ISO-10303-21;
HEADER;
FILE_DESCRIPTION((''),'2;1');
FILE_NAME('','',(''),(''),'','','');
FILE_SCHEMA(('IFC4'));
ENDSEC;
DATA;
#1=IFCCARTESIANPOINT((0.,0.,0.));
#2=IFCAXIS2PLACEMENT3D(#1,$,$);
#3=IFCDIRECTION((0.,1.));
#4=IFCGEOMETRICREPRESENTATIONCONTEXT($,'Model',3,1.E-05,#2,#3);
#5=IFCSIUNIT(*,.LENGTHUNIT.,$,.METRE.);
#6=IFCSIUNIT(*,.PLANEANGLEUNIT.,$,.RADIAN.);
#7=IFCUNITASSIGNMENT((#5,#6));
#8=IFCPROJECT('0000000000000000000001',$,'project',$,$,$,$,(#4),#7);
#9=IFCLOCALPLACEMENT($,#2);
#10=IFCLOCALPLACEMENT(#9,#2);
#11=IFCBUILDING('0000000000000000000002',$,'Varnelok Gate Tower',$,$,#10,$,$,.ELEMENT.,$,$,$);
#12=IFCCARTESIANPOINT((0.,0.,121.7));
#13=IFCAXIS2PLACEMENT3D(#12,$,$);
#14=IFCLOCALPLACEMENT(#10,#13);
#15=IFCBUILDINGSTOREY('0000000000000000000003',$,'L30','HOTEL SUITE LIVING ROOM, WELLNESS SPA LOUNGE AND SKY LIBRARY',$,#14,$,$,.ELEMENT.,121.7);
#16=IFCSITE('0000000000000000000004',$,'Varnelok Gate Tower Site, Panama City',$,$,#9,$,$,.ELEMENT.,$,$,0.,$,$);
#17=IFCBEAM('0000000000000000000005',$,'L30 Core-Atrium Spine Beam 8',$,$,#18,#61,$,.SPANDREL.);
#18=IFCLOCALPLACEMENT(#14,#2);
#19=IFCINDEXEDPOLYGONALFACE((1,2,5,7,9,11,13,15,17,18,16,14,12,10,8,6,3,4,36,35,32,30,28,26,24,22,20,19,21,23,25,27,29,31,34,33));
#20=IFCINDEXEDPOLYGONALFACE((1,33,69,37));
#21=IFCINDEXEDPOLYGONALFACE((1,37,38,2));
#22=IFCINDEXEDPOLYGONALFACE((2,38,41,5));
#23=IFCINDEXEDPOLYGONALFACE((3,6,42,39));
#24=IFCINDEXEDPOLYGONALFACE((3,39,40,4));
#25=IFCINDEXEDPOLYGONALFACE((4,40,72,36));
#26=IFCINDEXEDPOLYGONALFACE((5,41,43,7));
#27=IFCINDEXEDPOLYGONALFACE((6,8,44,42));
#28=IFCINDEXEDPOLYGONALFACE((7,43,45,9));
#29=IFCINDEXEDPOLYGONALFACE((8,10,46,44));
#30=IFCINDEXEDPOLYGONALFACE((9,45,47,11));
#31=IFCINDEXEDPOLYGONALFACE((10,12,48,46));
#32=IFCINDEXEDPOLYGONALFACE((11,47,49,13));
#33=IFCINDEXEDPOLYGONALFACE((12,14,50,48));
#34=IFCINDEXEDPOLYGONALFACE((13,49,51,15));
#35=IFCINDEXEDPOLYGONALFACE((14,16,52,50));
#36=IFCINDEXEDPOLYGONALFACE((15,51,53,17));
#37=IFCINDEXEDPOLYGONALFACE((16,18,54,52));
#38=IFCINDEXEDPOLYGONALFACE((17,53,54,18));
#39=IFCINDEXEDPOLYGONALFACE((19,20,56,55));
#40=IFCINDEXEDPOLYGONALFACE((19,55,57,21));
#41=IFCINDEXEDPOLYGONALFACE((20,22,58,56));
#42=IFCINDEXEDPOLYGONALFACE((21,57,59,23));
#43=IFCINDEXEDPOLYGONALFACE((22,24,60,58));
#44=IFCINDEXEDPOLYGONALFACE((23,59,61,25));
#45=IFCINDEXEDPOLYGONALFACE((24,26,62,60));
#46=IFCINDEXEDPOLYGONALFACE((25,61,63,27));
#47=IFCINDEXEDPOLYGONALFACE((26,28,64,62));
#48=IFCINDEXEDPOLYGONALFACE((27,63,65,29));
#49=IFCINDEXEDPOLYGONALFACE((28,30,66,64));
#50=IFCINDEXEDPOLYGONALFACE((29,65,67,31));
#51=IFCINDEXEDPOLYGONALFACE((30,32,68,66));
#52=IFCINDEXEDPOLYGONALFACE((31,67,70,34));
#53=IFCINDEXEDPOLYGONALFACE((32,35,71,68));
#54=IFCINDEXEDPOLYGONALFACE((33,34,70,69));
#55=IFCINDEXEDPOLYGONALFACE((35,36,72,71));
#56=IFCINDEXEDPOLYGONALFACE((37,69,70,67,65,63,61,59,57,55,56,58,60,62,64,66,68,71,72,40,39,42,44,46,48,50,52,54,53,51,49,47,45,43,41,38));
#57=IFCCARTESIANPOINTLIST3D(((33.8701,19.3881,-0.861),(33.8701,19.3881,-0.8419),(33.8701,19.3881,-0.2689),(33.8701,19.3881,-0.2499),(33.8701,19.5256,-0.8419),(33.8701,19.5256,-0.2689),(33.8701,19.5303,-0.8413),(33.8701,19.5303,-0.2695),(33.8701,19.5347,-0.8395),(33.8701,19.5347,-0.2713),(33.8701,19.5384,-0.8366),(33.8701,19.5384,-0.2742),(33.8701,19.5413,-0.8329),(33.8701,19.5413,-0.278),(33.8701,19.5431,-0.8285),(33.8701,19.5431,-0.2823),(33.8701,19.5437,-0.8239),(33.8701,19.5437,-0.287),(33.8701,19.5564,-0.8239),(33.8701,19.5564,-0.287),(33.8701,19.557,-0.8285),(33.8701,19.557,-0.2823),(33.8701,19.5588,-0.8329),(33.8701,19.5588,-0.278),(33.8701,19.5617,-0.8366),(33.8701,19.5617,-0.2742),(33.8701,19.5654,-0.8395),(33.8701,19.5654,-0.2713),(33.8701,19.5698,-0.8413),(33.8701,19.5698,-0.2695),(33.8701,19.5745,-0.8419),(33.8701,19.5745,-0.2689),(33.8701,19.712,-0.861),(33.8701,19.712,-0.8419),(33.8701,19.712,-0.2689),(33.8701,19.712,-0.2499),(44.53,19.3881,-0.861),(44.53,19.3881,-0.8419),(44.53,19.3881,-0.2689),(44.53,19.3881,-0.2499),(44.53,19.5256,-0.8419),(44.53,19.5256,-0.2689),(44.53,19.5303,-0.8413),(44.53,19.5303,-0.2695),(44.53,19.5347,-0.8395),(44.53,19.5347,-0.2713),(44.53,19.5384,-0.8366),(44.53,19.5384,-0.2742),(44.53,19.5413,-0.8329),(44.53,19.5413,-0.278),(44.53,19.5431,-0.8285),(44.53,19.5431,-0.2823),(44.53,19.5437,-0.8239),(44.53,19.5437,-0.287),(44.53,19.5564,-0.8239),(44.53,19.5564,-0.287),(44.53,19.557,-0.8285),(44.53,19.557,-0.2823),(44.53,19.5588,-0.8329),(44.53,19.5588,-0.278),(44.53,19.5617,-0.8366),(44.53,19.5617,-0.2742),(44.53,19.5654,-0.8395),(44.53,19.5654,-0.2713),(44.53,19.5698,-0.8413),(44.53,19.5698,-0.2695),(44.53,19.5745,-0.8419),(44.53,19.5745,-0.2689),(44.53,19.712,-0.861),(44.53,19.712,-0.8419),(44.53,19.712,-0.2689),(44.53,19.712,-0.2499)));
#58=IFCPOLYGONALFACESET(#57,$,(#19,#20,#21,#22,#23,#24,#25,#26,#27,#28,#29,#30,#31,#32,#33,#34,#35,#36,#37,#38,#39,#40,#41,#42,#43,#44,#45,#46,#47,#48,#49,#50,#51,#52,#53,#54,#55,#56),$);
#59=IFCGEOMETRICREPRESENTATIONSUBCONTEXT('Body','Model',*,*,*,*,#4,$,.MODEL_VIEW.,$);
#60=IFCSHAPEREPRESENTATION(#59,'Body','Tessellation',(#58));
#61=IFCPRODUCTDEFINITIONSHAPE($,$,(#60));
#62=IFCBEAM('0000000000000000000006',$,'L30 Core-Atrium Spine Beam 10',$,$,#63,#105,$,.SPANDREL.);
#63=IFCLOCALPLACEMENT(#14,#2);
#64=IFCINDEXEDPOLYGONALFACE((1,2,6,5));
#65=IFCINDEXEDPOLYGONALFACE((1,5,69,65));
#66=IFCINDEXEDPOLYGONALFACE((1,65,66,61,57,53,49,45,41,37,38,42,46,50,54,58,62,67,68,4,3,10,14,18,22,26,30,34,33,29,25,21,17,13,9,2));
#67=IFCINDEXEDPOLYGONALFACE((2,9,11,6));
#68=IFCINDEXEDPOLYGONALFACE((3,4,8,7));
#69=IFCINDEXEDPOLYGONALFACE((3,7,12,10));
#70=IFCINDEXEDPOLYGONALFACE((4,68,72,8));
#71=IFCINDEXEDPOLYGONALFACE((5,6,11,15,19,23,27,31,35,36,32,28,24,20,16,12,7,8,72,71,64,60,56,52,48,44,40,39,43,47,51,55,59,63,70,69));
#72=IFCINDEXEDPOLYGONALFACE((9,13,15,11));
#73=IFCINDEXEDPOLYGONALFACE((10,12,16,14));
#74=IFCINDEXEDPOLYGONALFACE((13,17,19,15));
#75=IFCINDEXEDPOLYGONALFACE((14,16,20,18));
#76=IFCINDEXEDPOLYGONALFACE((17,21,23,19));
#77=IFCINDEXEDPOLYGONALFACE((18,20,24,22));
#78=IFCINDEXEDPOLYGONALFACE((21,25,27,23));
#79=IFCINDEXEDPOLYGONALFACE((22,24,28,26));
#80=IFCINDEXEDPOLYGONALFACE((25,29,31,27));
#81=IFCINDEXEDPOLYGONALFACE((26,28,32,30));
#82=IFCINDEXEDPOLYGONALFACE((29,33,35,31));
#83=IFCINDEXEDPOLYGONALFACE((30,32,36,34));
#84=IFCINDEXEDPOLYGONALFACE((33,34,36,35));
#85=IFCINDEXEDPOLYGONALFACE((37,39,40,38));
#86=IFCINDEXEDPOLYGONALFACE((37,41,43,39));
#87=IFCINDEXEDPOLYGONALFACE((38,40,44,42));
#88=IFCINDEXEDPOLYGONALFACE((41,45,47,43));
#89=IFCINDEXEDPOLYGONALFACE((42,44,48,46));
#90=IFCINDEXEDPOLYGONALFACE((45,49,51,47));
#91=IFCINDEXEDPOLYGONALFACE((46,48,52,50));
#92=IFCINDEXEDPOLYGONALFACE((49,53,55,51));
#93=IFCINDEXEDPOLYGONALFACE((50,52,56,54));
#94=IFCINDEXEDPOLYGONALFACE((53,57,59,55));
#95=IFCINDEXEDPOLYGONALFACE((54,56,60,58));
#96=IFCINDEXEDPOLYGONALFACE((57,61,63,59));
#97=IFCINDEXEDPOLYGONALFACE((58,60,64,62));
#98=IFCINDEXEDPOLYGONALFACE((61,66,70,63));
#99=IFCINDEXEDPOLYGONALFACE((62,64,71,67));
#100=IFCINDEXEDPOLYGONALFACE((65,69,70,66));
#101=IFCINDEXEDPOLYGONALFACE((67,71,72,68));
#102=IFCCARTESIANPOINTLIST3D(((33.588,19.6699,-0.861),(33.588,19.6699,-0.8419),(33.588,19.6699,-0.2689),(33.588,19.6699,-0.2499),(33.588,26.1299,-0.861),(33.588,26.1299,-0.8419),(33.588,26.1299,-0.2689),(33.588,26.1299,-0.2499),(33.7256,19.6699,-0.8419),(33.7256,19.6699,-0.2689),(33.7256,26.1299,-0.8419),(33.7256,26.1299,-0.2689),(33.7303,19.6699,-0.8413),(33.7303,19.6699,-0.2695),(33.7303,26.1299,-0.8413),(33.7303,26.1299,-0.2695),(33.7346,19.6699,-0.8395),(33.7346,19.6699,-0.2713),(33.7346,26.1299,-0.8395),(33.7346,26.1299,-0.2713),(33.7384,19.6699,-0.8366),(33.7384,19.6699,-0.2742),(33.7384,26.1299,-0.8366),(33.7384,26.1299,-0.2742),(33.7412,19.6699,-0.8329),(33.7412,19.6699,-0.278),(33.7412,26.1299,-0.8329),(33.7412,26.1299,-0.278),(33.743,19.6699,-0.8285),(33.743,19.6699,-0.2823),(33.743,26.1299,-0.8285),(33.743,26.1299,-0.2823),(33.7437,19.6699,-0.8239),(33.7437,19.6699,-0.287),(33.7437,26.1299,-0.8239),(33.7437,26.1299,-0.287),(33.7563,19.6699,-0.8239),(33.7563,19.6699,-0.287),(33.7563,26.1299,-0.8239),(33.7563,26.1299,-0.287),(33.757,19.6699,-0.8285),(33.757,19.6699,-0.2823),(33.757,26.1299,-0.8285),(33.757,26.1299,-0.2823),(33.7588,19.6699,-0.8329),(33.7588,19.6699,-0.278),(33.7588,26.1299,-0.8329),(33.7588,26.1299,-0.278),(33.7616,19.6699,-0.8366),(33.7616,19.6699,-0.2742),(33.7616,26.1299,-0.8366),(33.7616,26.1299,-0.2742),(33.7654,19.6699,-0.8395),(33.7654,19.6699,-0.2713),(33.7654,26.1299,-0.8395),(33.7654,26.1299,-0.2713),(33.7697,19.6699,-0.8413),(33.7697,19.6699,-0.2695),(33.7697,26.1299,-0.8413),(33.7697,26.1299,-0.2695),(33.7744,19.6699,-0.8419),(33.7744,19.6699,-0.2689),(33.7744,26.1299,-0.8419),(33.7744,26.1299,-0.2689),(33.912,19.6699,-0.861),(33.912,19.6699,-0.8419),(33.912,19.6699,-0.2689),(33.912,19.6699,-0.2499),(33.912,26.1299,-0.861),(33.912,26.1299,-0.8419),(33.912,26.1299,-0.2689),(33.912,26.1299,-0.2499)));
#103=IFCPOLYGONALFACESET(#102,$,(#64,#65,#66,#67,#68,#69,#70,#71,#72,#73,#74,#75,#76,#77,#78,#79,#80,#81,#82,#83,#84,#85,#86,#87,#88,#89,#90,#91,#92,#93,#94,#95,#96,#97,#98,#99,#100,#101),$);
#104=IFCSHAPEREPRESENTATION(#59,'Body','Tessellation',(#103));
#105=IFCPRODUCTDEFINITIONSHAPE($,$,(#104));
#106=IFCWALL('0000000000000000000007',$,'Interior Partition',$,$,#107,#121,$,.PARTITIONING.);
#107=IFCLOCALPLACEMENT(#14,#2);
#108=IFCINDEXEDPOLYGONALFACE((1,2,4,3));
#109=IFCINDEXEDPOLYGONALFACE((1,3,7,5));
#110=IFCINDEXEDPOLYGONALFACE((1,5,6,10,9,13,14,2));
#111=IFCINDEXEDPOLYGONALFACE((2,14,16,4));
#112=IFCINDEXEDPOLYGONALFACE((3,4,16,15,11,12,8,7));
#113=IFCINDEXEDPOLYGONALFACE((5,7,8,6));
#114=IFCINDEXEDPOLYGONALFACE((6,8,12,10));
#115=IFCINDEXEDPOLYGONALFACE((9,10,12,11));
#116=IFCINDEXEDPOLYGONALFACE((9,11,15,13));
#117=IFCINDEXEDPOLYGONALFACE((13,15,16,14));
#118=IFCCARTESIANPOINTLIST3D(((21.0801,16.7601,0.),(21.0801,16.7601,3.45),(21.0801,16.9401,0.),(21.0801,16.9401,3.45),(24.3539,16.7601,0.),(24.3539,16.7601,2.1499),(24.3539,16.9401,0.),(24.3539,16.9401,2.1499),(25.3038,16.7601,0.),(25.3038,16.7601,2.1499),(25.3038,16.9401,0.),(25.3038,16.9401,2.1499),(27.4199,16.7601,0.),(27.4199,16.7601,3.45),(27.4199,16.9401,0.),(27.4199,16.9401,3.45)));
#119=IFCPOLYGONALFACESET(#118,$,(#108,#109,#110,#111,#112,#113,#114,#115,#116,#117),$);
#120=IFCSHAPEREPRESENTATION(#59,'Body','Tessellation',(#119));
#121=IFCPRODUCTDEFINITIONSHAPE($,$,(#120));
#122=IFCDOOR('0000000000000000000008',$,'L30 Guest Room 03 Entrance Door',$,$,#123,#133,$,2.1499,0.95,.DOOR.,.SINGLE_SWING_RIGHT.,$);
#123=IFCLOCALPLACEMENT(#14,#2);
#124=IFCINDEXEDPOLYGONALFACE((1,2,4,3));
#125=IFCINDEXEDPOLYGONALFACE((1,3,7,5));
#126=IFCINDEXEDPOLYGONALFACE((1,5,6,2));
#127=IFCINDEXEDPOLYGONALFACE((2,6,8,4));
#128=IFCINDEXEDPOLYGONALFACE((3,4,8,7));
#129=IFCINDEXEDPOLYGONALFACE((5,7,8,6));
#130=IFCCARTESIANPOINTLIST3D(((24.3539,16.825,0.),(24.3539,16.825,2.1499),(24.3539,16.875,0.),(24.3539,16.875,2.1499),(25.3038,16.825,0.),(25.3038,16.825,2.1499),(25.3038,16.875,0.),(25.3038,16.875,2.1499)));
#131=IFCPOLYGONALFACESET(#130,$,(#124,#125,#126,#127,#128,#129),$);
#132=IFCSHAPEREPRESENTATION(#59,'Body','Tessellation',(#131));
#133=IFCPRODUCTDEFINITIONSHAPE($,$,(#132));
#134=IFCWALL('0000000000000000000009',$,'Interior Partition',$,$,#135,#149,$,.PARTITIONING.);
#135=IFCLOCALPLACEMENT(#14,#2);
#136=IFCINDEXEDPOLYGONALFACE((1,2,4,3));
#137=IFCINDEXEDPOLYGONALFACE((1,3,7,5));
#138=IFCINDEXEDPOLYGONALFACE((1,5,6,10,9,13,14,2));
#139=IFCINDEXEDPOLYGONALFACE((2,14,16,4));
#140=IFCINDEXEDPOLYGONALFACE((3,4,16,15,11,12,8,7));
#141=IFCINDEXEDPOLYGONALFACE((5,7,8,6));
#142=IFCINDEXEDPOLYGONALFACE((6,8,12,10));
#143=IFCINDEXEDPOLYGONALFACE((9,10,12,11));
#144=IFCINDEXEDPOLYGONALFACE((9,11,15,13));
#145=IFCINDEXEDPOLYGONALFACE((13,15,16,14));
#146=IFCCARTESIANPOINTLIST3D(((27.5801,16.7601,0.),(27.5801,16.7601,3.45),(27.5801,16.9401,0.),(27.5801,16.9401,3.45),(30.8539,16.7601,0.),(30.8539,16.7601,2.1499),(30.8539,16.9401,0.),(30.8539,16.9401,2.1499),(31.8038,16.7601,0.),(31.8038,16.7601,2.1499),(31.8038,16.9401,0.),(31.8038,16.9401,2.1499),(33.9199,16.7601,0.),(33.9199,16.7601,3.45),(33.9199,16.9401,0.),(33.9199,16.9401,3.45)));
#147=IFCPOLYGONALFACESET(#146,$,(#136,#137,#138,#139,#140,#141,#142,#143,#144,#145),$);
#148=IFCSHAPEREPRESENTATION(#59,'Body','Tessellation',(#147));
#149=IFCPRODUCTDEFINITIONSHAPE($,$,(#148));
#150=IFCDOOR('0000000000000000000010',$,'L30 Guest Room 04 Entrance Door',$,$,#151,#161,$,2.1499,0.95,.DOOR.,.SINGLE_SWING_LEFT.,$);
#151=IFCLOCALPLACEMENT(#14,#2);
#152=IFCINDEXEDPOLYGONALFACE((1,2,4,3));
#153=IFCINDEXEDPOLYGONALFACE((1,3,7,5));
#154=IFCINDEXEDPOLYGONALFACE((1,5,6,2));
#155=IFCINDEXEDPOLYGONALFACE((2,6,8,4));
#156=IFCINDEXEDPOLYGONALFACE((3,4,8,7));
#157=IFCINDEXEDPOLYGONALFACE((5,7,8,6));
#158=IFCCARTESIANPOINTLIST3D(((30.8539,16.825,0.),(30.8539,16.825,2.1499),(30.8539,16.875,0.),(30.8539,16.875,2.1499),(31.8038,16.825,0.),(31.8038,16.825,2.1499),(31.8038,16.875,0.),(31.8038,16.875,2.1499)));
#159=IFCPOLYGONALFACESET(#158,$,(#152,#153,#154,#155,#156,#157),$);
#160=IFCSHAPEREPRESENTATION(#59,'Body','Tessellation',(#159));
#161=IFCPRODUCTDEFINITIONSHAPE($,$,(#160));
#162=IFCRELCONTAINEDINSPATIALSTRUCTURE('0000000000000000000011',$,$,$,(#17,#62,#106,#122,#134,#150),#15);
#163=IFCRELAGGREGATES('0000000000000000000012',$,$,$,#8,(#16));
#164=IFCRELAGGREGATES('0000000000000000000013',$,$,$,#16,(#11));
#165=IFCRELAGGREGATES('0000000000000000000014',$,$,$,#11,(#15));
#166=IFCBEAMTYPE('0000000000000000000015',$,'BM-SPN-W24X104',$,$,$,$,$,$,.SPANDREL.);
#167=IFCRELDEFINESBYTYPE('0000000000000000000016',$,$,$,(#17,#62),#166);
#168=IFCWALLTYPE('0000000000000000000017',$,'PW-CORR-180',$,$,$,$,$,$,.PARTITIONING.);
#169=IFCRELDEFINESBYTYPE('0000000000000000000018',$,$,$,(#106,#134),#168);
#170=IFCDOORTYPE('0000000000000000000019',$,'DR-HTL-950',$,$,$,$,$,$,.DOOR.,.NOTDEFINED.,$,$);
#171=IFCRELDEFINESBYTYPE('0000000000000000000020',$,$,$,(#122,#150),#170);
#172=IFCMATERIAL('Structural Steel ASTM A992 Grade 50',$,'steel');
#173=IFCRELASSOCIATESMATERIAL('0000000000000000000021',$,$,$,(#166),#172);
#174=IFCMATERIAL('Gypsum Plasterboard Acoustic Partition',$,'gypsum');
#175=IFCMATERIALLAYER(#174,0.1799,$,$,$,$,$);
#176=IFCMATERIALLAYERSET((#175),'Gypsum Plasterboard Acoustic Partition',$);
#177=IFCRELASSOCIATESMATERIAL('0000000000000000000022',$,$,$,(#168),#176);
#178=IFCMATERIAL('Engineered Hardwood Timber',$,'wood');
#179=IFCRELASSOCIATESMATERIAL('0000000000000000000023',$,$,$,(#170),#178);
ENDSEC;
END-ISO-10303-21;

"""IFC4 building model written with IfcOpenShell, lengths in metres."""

from ifc_helpers import new_model, si_unit, direction, frame, frame_2d, origin, origin_2d, place, context, subcontext, project, spatial, rectangle, i_section, extrude, material, layer, layer_set, material_profile, profile_set, type_object, element, fill, save


model = new_model("IFC4")

# Units and contexts
model_context = context("Model", 3, precision=1e-05, world=origin(), true_north=direction((0.0, 1.0)))
body_context = subcontext(model_context, "Body", "Model", "MODEL_VIEW")
ifc_project = project(units=[si_unit("LENGTHUNIT", "METRE"), si_unit("PLANEANGLEUNIT", "RADIAN")], contexts=[model_context])

# Site, building, storey
site_placement = place(None, origin())
site = spatial("IfcSite", under=ifc_project, at=site_placement, Name="Varnelok Gate Tower Site, Panama City", CompositionType="ELEMENT", RefElevation=0.0)
building_placement = place(site_placement, origin())
building = spatial("IfcBuilding", under=site, at=building_placement, Name="Varnelok Gate Tower", CompositionType="ELEMENT")
storey_placement = place(building_placement, frame((0.0, 0.0, 121.7)))
storey = spatial("IfcBuildingStorey", under=building, at=storey_placement, Name="L30", Description="HOTEL SUITE LIVING ROOM, WELLNESS SPA LOUNGE AND SKY LIBRARY", CompositionType="ELEMENT", Elevation=121.7)

# Shared definitions
ifc_material_1 = material(Name="Structural Steel ASTM A992 Grade 50", Category="steel")

# Beams
ifc_material_profile_1 = material_profile(ifc_material_1, i_section(OverallWidth=0.324, OverallDepth=0.6111, WebThickness=0.0127, FlangeThickness=0.019, FilletRadius=0.0181, at=origin_2d()), Name="W24X104")
ifc_profile_set_1 = profile_set([ifc_material_profile_1], Name="Structural Steel ASTM A992 Grade 50")
beam_type_1 = type_object("IfcBeamType", Name="BM-SPN-W24X104", PredefinedType="SPANDREL", material=ifc_profile_set_1)
beam_1_placement = place(storey_placement, frame((33.8701, 19.55, -0.5554), z_axis=(1.0, 0.0, 0.0), x_axis=(0.0, 1.0, 0.0)))
element("IfcBeam", 1, at=beam_1_placement, inside=storey, type_object=beam_type_1, Name="L30 Core-Atrium Spine Beam 8", PredefinedType="SPANDREL", context=body_context, shape_type="SweptSolid", body=[
    extrude(i_section(OverallWidth=0.324, OverallDepth=0.6111, WebThickness=0.0127, FlangeThickness=0.019, FilletRadius=0.0181, at=origin_2d()), origin(), (0.0, 0.0, 1.0), 10.6599),
])
beam_2_placement = place(storey_placement, frame((33.75, 19.6699, -0.5554), z_axis=(0.0, 1.0, 0.0), x_axis=(-1.0, 0.0, 0.0)))
element("IfcBeam", 2, at=beam_2_placement, inside=storey, type_object=beam_type_1, Name="L30 Core-Atrium Spine Beam 10", PredefinedType="SPANDREL", context=body_context, shape_type="SweptSolid", body=[
    extrude(i_section(OverallWidth=0.324, OverallDepth=0.6111, WebThickness=0.0127, FlangeThickness=0.019, FilletRadius=0.0181, at=origin_2d()), origin(), (0.0, 0.0, 1.0), 6.46),
])

# Walls, openings, doors
ifc_material_2 = material(Name="Gypsum Plasterboard Acoustic Partition", Category="gypsum")
ifc_layer_1 = layer(ifc_material_2, 0.1799)
ifc_layer_set_1 = layer_set([ifc_layer_1], Name="Gypsum Plasterboard Acoustic Partition")
wall_type_1 = type_object("IfcWallType", Name="PW-CORR-180", PredefinedType="PARTITIONING", material=ifc_layer_set_1)
wall_1_placement = place(storey_placement, frame((21.0801, 16.8501, 0.0), z_axis=(0.0, 0.0, 1.0), x_axis=(1.0, 0.0, 0.0)))
wall_1 = element("IfcWall", 3, at=wall_1_placement, inside=storey, type_object=wall_type_1, Name="Interior Partition", PredefinedType="PARTITIONING", context=body_context, shape_type="SweptSolid", body=[
    extrude(rectangle(XDim=6.3398, YDim=0.1799, at=frame_2d((3.1699, 0.0))), origin(), (0.0, 0.0, 1.0), 3.45),
])
opening_1_placement = place(wall_1_placement, frame((3.2737, 0.0, 0.0)))
opening_1 = element("IfcOpeningElement", 4, at=opening_1_placement, cuts=wall_1, PredefinedType="OPENING", context=body_context, shape_type="SweptSolid", body=[
    extrude(rectangle(XDim=0.95, YDim=2.1499, at=frame_2d((0.4751, 1.075))), frame((0.0, 0.0999, 0.0), z_axis=(0.0, -1.0, 0.0), x_axis=(1.0, 0.0, 0.0)), (0.0, 0.0, 1.0), 0.2),
])
ifc_material_3 = material(Name="Engineered Hardwood Timber", Category="wood")
door_type_1 = type_object("IfcDoorType", Name="DR-HTL-950", OperationType="NOTDEFINED", PredefinedType="DOOR", material=ifc_material_3)
door_1_placement = place(opening_1_placement, origin())
door_1 = element("IfcDoor", 5, at=door_1_placement, inside=storey, type_object=door_type_1, Name="L30 Guest Room 03 Entrance Door", OperationType="SINGLE_SWING_RIGHT", OverallHeight=2.1499, OverallWidth=0.95, PredefinedType="DOOR", context=body_context, shape_type="SweptSolid", body=[
    extrude(rectangle(XDim=0.95, YDim=2.1499, at=frame_2d((0.4751, 1.075))), frame((0.0, 0.0249, 0.0), z_axis=(0.0, -1.0, 0.0), x_axis=(1.0, 0.0, 0.0)), (0.0, 0.0, 1.0), 0.05),
])
fill(opening_1, door_1)
wall_2_placement = place(storey_placement, frame((27.5801, 16.8501, 0.0), z_axis=(0.0, 0.0, 1.0), x_axis=(1.0, 0.0, 0.0)))
wall_2 = element("IfcWall", 6, at=wall_2_placement, inside=storey, type_object=wall_type_1, Name="Interior Partition", PredefinedType="PARTITIONING", context=body_context, shape_type="SweptSolid", body=[
    extrude(rectangle(XDim=6.3398, YDim=0.1799, at=frame_2d((3.1699, 0.0))), origin(), (0.0, 0.0, 1.0), 3.45),
])
opening_2_placement = place(wall_2_placement, frame((3.2737, 0.0, 0.0)))
opening_2 = element("IfcOpeningElement", 7, at=opening_2_placement, cuts=wall_2, PredefinedType="OPENING", context=body_context, shape_type="SweptSolid", body=[
    extrude(rectangle(XDim=0.95, YDim=2.1499, at=frame_2d((0.4751, 1.075))), frame((0.0, 0.0999, 0.0), z_axis=(0.0, -1.0, 0.0), x_axis=(1.0, 0.0, 0.0)), (0.0, 0.0, 1.0), 0.2),
])
door_2_placement = place(opening_2_placement, origin())
door_2 = element("IfcDoor", 8, at=door_2_placement, inside=storey, type_object=door_type_1, Name="L30 Guest Room 04 Entrance Door", OperationType="SINGLE_SWING_LEFT", OverallHeight=2.1499, OverallWidth=0.95, PredefinedType="DOOR", context=body_context, shape_type="SweptSolid", body=[
    extrude(rectangle(XDim=0.95, YDim=2.1499, at=frame_2d((0.4751, 1.075))), frame((0.0, 0.0249, 0.0), z_axis=(0.0, -1.0, 0.0), x_axis=(1.0, 0.0, 0.0)), (0.0, 0.0, 1.0), 0.05),
])
fill(opening_2, door_2)

save(model, "model.ifc")
